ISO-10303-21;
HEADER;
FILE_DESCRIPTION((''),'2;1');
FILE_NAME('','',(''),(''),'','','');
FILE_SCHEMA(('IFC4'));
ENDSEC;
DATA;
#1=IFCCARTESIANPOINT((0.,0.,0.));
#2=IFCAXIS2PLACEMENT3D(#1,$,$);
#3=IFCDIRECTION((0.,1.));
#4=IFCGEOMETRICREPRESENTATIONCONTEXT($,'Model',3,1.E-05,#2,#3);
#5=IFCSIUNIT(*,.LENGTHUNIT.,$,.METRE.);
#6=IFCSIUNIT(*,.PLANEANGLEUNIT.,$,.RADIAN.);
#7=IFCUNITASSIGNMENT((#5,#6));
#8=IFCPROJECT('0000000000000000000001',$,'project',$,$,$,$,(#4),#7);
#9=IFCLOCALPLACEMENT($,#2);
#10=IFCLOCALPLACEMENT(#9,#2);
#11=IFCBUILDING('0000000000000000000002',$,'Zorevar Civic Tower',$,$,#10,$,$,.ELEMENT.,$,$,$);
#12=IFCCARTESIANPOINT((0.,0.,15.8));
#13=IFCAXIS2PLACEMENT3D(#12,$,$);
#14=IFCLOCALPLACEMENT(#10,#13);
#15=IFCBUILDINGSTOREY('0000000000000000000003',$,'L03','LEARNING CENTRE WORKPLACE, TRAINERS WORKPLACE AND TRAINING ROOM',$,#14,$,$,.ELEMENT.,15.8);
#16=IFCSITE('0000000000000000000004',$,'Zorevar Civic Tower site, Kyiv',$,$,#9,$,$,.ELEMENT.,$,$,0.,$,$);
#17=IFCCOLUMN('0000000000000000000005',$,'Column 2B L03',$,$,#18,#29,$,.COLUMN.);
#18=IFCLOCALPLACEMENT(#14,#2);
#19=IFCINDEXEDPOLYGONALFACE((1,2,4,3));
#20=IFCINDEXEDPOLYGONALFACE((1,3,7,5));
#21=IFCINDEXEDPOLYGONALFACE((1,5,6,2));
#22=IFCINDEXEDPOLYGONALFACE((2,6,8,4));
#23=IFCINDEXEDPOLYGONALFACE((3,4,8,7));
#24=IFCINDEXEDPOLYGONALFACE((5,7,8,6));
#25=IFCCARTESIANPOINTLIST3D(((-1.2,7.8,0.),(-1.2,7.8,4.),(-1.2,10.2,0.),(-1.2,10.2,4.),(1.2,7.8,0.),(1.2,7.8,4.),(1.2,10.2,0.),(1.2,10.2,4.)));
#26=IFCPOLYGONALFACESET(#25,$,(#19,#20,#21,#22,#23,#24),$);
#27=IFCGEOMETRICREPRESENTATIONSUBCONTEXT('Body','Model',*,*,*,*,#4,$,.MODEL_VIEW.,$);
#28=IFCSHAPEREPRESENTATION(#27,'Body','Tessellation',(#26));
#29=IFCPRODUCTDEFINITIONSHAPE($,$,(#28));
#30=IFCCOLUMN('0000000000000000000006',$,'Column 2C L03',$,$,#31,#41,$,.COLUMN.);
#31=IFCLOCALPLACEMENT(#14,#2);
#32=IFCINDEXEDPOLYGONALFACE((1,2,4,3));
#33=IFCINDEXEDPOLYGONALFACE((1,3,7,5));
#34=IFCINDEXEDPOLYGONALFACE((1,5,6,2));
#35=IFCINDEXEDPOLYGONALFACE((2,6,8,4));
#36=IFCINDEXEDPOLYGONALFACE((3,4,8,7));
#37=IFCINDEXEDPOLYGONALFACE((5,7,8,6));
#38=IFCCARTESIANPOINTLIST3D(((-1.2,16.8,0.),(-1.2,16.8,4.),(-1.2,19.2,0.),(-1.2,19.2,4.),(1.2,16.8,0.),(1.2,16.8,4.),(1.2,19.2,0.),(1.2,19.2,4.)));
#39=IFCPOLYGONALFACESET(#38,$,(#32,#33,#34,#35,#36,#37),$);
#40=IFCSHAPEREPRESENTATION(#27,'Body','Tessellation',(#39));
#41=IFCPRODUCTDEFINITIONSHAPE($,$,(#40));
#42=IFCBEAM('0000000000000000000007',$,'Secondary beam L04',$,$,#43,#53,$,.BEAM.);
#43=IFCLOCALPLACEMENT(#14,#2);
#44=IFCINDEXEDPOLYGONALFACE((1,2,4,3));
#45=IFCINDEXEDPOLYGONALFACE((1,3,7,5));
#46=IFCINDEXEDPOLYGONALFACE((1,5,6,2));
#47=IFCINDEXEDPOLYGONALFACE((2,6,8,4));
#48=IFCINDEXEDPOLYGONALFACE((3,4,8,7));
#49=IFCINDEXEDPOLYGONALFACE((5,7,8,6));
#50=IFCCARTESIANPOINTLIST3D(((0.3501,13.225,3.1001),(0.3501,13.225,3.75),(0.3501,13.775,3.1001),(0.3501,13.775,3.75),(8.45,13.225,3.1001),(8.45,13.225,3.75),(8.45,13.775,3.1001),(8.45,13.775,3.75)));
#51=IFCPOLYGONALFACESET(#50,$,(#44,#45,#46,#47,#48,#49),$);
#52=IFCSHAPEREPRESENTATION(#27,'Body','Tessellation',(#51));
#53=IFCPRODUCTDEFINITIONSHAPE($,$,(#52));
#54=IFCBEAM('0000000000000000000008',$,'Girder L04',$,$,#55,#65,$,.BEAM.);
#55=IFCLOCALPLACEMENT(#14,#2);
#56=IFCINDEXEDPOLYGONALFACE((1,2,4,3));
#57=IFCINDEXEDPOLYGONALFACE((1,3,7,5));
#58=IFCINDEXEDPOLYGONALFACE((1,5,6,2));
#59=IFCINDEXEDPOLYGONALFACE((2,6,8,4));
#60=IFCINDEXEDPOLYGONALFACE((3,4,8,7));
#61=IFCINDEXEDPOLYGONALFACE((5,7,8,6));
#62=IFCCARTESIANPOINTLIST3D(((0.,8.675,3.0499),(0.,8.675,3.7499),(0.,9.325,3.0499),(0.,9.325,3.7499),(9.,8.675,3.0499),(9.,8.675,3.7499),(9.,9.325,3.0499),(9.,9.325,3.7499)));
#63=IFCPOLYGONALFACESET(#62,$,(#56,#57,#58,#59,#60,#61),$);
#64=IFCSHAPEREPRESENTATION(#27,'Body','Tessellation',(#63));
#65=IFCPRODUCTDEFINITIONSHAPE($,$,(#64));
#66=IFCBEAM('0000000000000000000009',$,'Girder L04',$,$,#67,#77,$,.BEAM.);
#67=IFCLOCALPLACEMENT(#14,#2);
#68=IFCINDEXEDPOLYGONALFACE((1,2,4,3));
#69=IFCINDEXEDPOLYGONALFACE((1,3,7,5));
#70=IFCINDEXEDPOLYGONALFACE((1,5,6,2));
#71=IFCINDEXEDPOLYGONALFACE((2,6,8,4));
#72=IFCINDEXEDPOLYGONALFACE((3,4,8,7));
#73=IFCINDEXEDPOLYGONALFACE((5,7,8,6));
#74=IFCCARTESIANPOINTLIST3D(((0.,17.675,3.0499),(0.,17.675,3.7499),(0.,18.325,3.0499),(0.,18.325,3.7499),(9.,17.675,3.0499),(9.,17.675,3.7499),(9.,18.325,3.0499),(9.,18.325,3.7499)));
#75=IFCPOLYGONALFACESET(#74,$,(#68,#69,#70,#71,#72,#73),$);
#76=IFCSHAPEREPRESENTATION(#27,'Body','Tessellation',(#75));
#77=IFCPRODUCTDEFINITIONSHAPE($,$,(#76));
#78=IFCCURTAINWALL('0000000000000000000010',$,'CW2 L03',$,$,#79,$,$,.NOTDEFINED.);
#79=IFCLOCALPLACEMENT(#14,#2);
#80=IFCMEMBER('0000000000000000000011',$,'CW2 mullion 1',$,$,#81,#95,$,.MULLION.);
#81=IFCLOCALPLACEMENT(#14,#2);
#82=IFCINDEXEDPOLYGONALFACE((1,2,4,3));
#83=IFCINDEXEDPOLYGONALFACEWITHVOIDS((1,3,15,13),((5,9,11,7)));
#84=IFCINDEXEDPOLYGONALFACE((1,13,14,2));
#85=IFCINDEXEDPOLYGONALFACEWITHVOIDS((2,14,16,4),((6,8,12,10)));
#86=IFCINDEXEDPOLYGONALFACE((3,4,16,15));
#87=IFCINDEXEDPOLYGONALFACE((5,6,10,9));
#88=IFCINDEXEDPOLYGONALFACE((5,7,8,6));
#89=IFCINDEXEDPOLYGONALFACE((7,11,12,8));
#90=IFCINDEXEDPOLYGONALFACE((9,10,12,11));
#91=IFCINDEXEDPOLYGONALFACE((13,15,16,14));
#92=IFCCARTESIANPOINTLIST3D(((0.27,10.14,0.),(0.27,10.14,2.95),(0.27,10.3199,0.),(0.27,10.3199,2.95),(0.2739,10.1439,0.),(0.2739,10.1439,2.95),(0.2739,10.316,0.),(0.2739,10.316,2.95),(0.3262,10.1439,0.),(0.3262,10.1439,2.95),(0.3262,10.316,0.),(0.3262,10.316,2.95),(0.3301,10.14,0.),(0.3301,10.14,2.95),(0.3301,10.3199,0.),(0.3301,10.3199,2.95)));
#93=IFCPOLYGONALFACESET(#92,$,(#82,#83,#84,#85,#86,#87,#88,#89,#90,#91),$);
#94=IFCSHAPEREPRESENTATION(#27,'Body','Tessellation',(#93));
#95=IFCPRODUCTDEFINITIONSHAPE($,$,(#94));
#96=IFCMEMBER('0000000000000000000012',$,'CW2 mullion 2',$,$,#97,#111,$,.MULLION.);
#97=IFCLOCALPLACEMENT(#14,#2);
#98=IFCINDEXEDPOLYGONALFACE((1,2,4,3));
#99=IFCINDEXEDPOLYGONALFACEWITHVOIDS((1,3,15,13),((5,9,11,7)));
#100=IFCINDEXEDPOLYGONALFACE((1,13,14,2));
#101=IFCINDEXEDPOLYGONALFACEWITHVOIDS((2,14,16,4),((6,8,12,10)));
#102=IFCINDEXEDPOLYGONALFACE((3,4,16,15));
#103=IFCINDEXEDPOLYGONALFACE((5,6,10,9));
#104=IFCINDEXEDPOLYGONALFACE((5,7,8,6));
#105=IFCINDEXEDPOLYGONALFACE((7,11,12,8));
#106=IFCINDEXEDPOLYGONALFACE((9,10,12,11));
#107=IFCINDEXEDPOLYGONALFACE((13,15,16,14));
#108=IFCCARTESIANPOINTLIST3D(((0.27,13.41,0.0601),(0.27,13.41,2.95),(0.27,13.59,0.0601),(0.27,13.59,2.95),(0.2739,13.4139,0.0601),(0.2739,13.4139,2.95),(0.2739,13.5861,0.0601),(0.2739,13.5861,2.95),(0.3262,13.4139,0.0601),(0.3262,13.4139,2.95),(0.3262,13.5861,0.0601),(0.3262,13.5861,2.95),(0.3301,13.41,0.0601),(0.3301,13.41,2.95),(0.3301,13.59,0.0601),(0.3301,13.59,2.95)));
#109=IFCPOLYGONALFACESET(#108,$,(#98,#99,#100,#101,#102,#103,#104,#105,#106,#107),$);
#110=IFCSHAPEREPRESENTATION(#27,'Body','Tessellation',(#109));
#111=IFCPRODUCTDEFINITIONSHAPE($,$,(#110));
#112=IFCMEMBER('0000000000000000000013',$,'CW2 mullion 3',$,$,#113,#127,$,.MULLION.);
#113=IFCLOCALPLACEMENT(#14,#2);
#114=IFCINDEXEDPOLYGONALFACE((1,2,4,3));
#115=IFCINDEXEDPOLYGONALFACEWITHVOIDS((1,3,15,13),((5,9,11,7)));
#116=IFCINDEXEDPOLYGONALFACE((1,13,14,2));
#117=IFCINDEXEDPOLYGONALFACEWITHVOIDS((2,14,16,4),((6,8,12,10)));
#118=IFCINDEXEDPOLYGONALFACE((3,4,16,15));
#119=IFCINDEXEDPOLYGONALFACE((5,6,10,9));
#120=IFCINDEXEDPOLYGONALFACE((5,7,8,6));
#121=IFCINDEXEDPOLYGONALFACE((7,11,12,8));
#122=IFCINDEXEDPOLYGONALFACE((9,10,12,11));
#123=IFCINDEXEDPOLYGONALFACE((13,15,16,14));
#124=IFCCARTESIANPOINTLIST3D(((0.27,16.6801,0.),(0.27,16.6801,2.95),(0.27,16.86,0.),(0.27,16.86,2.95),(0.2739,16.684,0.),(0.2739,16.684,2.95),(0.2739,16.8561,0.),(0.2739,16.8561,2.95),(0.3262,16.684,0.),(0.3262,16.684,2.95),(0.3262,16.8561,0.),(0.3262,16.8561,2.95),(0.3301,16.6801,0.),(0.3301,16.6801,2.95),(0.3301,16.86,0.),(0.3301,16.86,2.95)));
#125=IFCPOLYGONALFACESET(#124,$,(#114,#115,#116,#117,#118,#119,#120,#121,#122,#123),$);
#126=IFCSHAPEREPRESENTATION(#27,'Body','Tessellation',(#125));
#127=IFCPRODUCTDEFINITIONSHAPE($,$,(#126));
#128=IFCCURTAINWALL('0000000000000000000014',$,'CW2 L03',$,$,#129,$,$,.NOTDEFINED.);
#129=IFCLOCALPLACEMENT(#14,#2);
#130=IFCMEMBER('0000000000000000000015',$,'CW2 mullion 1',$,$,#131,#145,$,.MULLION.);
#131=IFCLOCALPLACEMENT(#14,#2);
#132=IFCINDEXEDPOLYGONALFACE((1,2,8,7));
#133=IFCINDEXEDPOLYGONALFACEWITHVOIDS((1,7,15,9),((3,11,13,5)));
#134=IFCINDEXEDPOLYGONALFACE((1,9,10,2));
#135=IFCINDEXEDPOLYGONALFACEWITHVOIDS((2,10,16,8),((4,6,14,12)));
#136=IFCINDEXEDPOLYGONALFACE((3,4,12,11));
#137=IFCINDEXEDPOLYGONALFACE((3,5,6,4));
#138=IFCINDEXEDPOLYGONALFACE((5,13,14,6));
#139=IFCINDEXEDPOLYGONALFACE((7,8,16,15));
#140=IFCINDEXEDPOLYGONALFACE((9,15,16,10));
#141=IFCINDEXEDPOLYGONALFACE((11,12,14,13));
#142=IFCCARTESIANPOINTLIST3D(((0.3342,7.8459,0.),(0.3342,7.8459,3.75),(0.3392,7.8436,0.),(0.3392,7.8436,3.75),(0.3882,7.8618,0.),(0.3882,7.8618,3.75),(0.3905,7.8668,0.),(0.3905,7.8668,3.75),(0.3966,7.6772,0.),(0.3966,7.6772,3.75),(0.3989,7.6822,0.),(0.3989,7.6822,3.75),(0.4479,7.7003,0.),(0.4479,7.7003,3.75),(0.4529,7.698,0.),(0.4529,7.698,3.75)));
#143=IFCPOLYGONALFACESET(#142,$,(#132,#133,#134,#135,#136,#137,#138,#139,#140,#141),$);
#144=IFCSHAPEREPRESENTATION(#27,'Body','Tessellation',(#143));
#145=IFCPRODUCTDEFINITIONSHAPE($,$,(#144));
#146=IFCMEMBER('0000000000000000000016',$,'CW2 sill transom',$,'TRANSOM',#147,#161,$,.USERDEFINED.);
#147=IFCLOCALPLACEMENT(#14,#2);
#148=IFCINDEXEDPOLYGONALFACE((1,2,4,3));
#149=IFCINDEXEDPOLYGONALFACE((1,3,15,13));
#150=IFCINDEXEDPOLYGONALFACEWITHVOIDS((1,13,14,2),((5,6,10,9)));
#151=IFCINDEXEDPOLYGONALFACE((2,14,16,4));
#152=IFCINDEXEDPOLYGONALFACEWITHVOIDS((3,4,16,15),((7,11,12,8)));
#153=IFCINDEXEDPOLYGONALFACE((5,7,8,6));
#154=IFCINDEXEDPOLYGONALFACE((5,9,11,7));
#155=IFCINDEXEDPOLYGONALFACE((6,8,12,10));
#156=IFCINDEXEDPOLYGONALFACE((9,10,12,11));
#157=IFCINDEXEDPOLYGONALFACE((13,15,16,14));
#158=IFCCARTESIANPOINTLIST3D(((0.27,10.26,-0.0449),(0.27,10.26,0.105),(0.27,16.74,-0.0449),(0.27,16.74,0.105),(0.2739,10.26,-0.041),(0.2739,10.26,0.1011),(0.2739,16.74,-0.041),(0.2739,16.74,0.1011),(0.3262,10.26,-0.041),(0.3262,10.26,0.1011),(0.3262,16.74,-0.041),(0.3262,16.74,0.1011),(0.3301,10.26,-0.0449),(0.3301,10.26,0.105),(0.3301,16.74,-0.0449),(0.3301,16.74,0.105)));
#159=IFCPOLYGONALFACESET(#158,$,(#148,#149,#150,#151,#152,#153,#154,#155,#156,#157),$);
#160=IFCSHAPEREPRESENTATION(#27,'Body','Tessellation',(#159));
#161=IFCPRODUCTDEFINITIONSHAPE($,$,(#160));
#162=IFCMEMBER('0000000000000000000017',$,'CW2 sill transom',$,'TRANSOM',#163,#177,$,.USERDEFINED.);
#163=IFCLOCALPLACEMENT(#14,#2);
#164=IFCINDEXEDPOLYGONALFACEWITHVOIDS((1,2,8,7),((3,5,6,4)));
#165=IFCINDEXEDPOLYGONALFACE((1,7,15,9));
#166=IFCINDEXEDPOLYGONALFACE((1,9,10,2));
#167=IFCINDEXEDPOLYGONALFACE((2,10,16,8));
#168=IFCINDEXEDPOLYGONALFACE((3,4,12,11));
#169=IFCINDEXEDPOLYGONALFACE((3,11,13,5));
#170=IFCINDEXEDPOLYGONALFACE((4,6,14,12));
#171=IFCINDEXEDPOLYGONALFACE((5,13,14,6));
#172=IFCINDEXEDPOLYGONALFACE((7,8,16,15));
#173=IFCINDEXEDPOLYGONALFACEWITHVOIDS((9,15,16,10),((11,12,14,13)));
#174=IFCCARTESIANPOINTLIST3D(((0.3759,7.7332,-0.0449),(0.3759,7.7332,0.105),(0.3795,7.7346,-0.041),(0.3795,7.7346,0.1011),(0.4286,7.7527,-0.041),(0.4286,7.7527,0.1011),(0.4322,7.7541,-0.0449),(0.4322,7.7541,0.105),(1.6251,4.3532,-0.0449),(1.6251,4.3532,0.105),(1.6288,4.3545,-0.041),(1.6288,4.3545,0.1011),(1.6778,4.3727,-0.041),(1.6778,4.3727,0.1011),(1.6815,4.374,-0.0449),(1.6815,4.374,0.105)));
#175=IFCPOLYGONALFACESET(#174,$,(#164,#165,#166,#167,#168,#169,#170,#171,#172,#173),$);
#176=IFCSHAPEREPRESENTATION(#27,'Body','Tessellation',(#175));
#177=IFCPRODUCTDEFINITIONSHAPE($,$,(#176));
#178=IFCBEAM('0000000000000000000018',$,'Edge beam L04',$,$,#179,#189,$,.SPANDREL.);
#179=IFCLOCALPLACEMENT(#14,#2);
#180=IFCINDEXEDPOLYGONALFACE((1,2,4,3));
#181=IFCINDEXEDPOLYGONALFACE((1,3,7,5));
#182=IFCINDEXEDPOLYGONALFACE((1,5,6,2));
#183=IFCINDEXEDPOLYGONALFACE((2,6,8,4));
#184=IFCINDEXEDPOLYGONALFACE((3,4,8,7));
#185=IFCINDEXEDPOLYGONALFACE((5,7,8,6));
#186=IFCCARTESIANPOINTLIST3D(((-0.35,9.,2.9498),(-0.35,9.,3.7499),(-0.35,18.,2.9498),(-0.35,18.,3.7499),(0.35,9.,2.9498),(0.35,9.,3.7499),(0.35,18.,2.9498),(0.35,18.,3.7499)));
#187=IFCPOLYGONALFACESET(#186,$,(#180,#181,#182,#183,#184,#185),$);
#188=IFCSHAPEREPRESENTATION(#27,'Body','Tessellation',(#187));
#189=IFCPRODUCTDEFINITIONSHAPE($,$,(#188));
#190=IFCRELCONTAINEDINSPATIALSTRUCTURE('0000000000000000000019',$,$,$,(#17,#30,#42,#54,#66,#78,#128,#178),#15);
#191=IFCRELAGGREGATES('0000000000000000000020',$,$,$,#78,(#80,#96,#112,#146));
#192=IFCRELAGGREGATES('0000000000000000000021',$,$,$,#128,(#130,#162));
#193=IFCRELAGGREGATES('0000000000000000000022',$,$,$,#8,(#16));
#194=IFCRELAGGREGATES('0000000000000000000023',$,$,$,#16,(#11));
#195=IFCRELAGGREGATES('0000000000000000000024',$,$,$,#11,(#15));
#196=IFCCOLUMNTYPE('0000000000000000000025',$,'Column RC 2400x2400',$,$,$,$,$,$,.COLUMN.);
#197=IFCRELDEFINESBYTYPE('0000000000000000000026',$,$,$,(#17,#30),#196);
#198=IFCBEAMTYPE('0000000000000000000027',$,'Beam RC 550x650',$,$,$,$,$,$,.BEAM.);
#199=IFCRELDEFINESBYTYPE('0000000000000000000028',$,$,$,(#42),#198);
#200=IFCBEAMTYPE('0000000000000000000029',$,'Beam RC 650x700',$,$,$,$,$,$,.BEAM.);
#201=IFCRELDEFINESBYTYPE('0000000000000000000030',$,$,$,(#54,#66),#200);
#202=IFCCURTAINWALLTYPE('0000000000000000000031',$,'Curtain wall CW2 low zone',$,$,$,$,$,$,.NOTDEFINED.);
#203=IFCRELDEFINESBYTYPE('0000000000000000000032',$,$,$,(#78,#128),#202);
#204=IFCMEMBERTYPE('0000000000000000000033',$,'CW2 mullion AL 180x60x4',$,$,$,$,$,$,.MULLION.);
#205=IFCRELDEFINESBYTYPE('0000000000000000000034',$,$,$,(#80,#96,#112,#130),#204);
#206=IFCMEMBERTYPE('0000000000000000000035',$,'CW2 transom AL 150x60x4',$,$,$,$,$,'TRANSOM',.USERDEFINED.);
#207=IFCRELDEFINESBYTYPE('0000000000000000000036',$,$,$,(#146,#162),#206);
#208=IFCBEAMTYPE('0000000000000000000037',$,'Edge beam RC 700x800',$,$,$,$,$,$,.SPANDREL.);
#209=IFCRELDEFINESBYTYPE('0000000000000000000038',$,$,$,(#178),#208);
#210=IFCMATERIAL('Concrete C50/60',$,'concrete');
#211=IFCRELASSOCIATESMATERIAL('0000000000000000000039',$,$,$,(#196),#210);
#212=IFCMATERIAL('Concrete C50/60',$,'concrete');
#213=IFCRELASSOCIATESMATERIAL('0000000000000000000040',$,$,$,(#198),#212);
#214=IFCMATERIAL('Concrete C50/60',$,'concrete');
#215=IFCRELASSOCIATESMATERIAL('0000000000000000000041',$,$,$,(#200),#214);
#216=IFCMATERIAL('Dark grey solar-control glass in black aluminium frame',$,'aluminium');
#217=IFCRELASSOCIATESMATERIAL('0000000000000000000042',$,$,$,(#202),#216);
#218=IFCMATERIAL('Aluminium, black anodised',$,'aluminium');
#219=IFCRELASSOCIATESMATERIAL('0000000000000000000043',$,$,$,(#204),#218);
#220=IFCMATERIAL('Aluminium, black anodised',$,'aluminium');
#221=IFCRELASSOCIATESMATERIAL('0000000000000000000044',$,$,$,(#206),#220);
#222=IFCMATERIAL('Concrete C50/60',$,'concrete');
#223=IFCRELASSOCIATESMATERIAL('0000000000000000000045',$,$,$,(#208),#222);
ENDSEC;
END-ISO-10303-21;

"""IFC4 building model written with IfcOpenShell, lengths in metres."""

from ifc_helpers import new_model, si_unit, direction, frame, origin, origin_2d, place, context, subcontext, project, spatial, rectangle, hollow_rectangle, extrude, material, material_profile, profile_set, type_object, element, aggregate, save


model = new_model("IFC4")

# Units and contexts
model_context = context("Model", 3, precision=1e-05, world=origin(), true_north=direction((0.0, 1.0)))
body_context = subcontext(model_context, "Body", "Model", "MODEL_VIEW")
ifc_project = project(units=[si_unit("LENGTHUNIT", "METRE"), si_unit("PLANEANGLEUNIT", "RADIAN")], contexts=[model_context])

# Site, building, storey
site_placement = place(None, origin())
site = spatial("IfcSite", under=ifc_project, at=site_placement, Name="Zorevar Civic Tower site, Kyiv", CompositionType="ELEMENT", RefElevation=0.0)
building_placement = place(site_placement, origin())
building = spatial("IfcBuilding", under=site, at=building_placement, Name="Zorevar Civic Tower", CompositionType="ELEMENT")
storey_placement = place(building_placement, frame((0.0, 0.0, 15.8)))
storey = spatial("IfcBuildingStorey", under=building, at=storey_placement, Name="L03", Description="LEARNING CENTRE WORKPLACE, TRAINERS WORKPLACE AND TRAINING ROOM", CompositionType="ELEMENT", Elevation=15.8)

# Columns
ifc_material_1 = material(Name="Concrete C50/60", Category="concrete")
ifc_material_profile_1 = material_profile(ifc_material_1, rectangle(XDim=2.3999, YDim=2.3999, at=origin_2d()), Name="RC 2400x2400")
ifc_profile_set_1 = profile_set([ifc_material_profile_1], Name="Concrete C50/60")
column_type = type_object("IfcColumnType", Name="Column RC 2400x2400", PredefinedType="COLUMN", material=ifc_profile_set_1)
for number, where, z_axis, x_axis, name in (
    (1, (0.0, 9.0, 0.0), (0.0, 0.0, 1.0), (1.0, 0.0, 0.0), "Column 2B L03"),
    (2, (0.0, 18.0, 0.0), (0.0, 0.0, 1.0), (1.0, 0.0, 0.0), "Column 2C L03"),
):
    element("IfcColumn", number, at=place(storey_placement, frame(where, z_axis=z_axis, x_axis=x_axis)), inside=storey, type_object=column_type, Name=name, PredefinedType="COLUMN", context=body_context, shape_type="SweptSolid", body=[
        extrude(rectangle(XDim=2.3999, YDim=2.3999, at=origin_2d()), origin(), (0.0, 0.0, 1.0), 4.0),
    ])

# Beams
ifc_material_2 = material(Name="Concrete C50/60", Category="concrete")
ifc_material_profile_2 = material_profile(ifc_material_2, rectangle(XDim=0.55, YDim=0.6499, at=origin_2d()), Name="RC 550x650")
ifc_profile_set_2 = profile_set([ifc_material_profile_2], Name="Concrete C50/60")
beam_type_1 = type_object("IfcBeamType", Name="Beam RC 550x650", PredefinedType="BEAM", material=ifc_profile_set_2)
beam_1_placement = place(storey_placement, frame((0.3501, 13.5, 3.425), z_axis=(1.0, 0.0, 0.0), x_axis=(0.0, 1.0, 0.0)))
element("IfcBeam", 3, at=beam_1_placement, inside=storey, type_object=beam_type_1, Name="Secondary beam L04", PredefinedType="BEAM", context=body_context, shape_type="SweptSolid", body=[
    extrude(rectangle(XDim=0.55, YDim=0.6499, at=origin_2d()), origin(), (0.0, 0.0, 1.0), 8.0999),
])
ifc_material_3 = material(Name="Concrete C50/60", Category="concrete")
ifc_material_profile_3 = material_profile(ifc_material_3, rectangle(XDim=0.6499, YDim=0.7, at=origin_2d()), Name="RC 650x700")
ifc_profile_set_3 = profile_set([ifc_material_profile_3], Name="Concrete C50/60")
beam_type_2 = type_object("IfcBeamType", Name="Beam RC 650x700", PredefinedType="BEAM", material=ifc_profile_set_3)
for number, where, z_axis, x_axis, name in (
    (4, (0.0, 9.0, 3.3999), (1.0, 0.0, 0.0), (0.0, 1.0, 0.0), "Girder L04"),
    (5, (0.0, 18.0, 3.3999), (1.0, 0.0, 0.0), (0.0, 1.0, 0.0), "Girder L04"),
):
    element("IfcBeam", number, at=place(storey_placement, frame(where, z_axis=z_axis, x_axis=x_axis)), inside=storey, type_object=beam_type_2, Name=name, PredefinedType="BEAM", context=body_context, shape_type="SweptSolid", body=[
        extrude(rectangle(XDim=0.6499, YDim=0.7, at=origin_2d()), origin(), (0.0, 0.0, 1.0), 9.0),
    ])

# Curtain wall, members
ifc_material_4 = material(Name="Dark grey solar-control glass in black aluminium frame", Category="aluminium")
curtain_wall_type = type_object("IfcCurtainWallType", Name="Curtain wall CW2 low zone", PredefinedType="NOTDEFINED", material=ifc_material_4)
curtain_wall_1_placement = place(storey_placement, origin())
curtain_wall_1 = element("IfcCurtainWall", 6, at=curtain_wall_1_placement, inside=storey, type_object=curtain_wall_type, Name="CW2 L03", PredefinedType="NOTDEFINED")
ifc_material_5 = material(Name="Aluminium, black anodised", Category="aluminium")
ifc_material_profile_4 = material_profile(ifc_material_5, hollow_rectangle(XDim=0.0601, YDim=0.1799, WallThickness=0.0039, at=origin_2d()), Name="AL 180x60x4")
ifc_profile_set_4 = profile_set([ifc_material_profile_4], Name="Aluminium, black anodised")
member_type_1 = type_object("IfcMemberType", Name="CW2 mullion AL 180x60x4", PredefinedType="MULLION", material=ifc_profile_set_4)
member_1_placement = place(storey_placement, frame((0.3, 10.23, 0.0), z_axis=(0.0, 0.0, 1.0), x_axis=(-1.0, 0.0, 0.0)))
member_1 = element("IfcMember", 7, at=member_1_placement, type_object=member_type_1, Name="CW2 mullion 1", PredefinedType="MULLION", context=body_context, shape_type="SweptSolid", body=[
    extrude(hollow_rectangle(XDim=0.0601, YDim=0.1799, WallThickness=0.0039, at=origin_2d()), origin(), (0.0, 0.0, 1.0), 2.95),
])
member_2_placement = place(storey_placement, frame((0.3, 13.5, 0.0601), z_axis=(0.0, 0.0, 1.0), x_axis=(-1.0, 0.0, 0.0)))
member_2 = element("IfcMember", 8, at=member_2_placement, type_object=member_type_1, Name="CW2 mullion 2", PredefinedType="MULLION", context=body_context, shape_type="SweptSolid", body=[
    extrude(hollow_rectangle(XDim=0.0601, YDim=0.1799, WallThickness=0.0039, at=origin_2d()), origin(), (0.0, 0.0, 1.0), 2.8899),
])
member_3_placement = place(storey_placement, frame((0.3, 16.77, 0.0), z_axis=(0.0, 0.0, 1.0), x_axis=(-1.0, 0.0, 0.0)))
member_3 = element("IfcMember", 9, at=member_3_placement, type_object=member_type_1, Name="CW2 mullion 3", PredefinedType="MULLION", context=body_context, shape_type="SweptSolid", body=[
    extrude(hollow_rectangle(XDim=0.0601, YDim=0.1799, WallThickness=0.0039, at=origin_2d()), origin(), (0.0, 0.0, 1.0), 2.95),
])

# Curtain wall, member
curtain_wall_2_placement = place(storey_placement, origin())
curtain_wall_2 = element("IfcCurtainWall", 10, at=curtain_wall_2_placement, inside=storey, type_object=curtain_wall_type, Name="CW2 L03", PredefinedType="NOTDEFINED")
member_4_placement = place(storey_placement, frame((0.3936, 7.772, 0.0), z_axis=(0.0, 0.0, 1.0), x_axis=(0.937975, 0.346704, 0.0)))
member_4 = element("IfcMember", 11, at=member_4_placement, type_object=member_type_1, Name="CW2 mullion 1", PredefinedType="MULLION", context=body_context, shape_type="SweptSolid", body=[
    extrude(hollow_rectangle(XDim=0.0601, YDim=0.1799, WallThickness=0.0039, at=origin_2d()), origin(), (0.0, 0.0, 1.0), 3.75),
])

# Members
ifc_material_6 = material(Name="Aluminium, black anodised", Category="aluminium")
ifc_material_profile_5 = material_profile(ifc_material_6, hollow_rectangle(XDim=0.0601, YDim=0.1499, WallThickness=0.0039, at=origin_2d()), Name="AL 150x60x4")
ifc_profile_set_5 = profile_set([ifc_material_profile_5], Name="Aluminium, black anodised")
member_type_2 = type_object("IfcMemberType", Name="CW2 transom AL 150x60x4", ElementType="TRANSOM", PredefinedType="USERDEFINED", material=ifc_profile_set_5)
member_5_placement = place(storey_placement, frame((0.3, 10.26, 0.03), z_axis=(0.0, 1.0, 0.0), x_axis=(-1.0, 0.0, 0.0)))
member_5 = element("IfcMember", 12, at=member_5_placement, type_object=member_type_2, Name="CW2 sill transom", ObjectType="TRANSOM", PredefinedType="USERDEFINED", context=body_context, shape_type="SweptSolid", body=[
    extrude(hollow_rectangle(XDim=0.0601, YDim=0.1499, WallThickness=0.0039, at=origin_2d()), origin(), (0.0, 0.0, 1.0), 6.48),
])
member_6_placement = place(storey_placement, frame((0.4041, 7.7437, 0.03), z_axis=(0.346672, -0.937986, 0.0), x_axis=(0.937986, 0.346672, 0.0)))
member_6 = element("IfcMember", 13, at=member_6_placement, type_object=member_type_2, Name="CW2 sill transom", ObjectType="TRANSOM", PredefinedType="USERDEFINED", context=body_context, shape_type="SweptSolid", body=[
    extrude(hollow_rectangle(XDim=0.0601, YDim=0.1499, WallThickness=0.0039, at=origin_2d()), origin(), (0.0, 0.0, 1.0), 3.6035),
])

# Beam
ifc_material_7 = material(Name="Concrete C50/60", Category="concrete")
ifc_material_profile_6 = material_profile(ifc_material_7, rectangle(XDim=0.7, YDim=0.8, at=origin_2d()), Name="RC 700x800")
ifc_profile_set_6 = profile_set([ifc_material_profile_6], Name="Concrete C50/60")
beam_type_3 = type_object("IfcBeamType", Name="Edge beam RC 700x800", PredefinedType="SPANDREL", material=ifc_profile_set_6)
for number, where, z_axis, x_axis, name in (
    (14, (0.0, 9.0, 3.3499), (0.0, 1.0, 0.0), (-1.0, 0.0, 0.0), "Edge beam L04"),
):
    element("IfcBeam", number, at=place(storey_placement, frame(where, z_axis=z_axis, x_axis=x_axis)), inside=storey, type_object=beam_type_3, Name=name, PredefinedType="SPANDREL", context=body_context, shape_type="SweptSolid", body=[
        extrude(rectangle(XDim=0.7, YDim=0.8, at=origin_2d()), origin(), (0.0, 0.0, 1.0), 9.0),
    ])

aggregate(curtain_wall_1, [member_1, member_2, member_3, member_5])
aggregate(curtain_wall_2, [member_4, member_6])

save(model, "model.ifc")
